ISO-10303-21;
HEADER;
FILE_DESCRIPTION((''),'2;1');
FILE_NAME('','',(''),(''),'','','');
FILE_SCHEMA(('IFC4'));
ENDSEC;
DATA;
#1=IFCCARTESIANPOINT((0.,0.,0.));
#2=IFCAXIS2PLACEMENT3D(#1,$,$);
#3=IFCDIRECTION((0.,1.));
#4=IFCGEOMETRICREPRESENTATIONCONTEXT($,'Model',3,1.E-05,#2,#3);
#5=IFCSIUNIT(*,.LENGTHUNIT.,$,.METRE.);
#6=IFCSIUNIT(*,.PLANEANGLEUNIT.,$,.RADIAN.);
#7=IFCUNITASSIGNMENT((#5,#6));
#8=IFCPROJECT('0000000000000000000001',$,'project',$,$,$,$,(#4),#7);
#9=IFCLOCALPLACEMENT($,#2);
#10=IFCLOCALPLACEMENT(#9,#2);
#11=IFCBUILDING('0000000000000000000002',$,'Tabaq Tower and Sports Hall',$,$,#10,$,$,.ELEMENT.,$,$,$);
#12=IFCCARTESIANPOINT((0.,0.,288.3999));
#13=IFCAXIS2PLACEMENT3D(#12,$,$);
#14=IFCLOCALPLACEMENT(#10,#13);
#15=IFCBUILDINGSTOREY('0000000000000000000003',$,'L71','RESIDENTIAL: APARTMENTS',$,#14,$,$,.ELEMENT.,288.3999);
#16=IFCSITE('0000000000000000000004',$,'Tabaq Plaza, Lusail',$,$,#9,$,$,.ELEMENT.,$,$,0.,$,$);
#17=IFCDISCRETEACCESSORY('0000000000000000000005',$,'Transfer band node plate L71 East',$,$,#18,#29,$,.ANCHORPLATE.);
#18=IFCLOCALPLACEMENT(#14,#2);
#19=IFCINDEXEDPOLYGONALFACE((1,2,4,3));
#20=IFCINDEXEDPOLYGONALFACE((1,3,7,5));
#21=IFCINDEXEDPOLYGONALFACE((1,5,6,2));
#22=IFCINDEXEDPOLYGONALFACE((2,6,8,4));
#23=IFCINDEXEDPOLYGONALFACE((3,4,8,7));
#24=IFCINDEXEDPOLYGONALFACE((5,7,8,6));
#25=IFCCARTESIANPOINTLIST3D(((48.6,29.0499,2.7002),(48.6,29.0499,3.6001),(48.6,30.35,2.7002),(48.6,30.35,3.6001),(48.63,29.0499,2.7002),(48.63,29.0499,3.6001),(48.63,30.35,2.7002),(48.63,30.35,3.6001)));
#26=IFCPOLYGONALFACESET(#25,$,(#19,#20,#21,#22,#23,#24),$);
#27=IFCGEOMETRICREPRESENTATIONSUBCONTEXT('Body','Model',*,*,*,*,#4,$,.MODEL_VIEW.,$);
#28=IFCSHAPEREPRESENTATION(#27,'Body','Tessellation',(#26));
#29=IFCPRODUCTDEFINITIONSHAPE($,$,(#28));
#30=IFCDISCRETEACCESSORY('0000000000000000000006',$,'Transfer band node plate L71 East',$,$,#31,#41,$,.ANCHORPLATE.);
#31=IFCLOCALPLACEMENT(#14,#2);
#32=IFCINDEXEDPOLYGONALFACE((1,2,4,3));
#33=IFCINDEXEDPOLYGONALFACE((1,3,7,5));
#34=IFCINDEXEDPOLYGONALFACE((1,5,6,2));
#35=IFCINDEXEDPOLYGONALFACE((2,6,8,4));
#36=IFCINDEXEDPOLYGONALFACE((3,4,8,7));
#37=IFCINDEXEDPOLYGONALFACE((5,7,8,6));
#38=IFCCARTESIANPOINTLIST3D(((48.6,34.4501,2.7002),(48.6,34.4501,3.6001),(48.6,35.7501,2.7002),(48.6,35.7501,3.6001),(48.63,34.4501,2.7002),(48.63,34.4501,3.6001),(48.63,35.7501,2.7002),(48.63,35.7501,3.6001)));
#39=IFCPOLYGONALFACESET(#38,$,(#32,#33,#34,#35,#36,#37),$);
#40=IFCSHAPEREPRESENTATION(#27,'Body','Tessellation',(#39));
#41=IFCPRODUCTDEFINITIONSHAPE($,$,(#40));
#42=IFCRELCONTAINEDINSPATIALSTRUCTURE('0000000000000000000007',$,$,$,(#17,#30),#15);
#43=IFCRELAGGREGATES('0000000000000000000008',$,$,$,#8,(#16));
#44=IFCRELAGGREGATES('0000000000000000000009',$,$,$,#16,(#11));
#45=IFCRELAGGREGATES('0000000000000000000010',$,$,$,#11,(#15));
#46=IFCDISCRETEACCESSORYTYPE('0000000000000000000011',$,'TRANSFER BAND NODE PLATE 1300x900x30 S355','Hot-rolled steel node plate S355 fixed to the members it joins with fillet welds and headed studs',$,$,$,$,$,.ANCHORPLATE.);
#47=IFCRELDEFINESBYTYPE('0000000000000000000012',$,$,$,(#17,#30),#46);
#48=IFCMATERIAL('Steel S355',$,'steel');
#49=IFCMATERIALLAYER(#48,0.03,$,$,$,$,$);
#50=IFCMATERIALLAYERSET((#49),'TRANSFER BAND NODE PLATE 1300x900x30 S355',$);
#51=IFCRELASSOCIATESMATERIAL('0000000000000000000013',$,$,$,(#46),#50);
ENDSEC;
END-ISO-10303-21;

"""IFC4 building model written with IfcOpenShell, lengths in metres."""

from ifc_helpers import new_model, si_unit, direction, frame, origin, origin_2d, place, context, subcontext, project, spatial, rectangle, extrude, material, layer, layer_set, type_object, element, save


model = new_model("IFC4")

# Units and contexts
model_context = context("Model", 3, precision=1e-05, world=origin(), true_north=direction((0.0, 1.0)))
body_context = subcontext(model_context, "Body", "Model", "MODEL_VIEW")
ifc_project = project(units=[si_unit("LENGTHUNIT", "METRE"), si_unit("PLANEANGLEUNIT", "RADIAN")], contexts=[model_context])

# Site, building, storey
site_placement = place(None, origin())
site = spatial("IfcSite", under=ifc_project, at=site_placement, Name="Tabaq Plaza, Lusail", CompositionType="ELEMENT", RefElevation=0.0)
building_placement = place(site_placement, origin())
building = spatial("IfcBuilding", under=site, at=building_placement, Name="Tabaq Tower and Sports Hall", CompositionType="ELEMENT")
storey_placement = place(building_placement, frame((0.0, 0.0, 288.3999)))
storey = spatial("IfcBuildingStorey", under=building, at=storey_placement, Name="L71", Description="RESIDENTIAL: APARTMENTS", CompositionType="ELEMENT", Elevation=288.3999)

# Discrete accessories
ifc_material_1 = material(Name="Steel S355", Category="steel")
ifc_layer_1 = layer(ifc_material_1, 0.03)
ifc_layer_set_1 = layer_set([ifc_layer_1], Name="TRANSFER BAND NODE PLATE 1300x900x30 S355")
discrete_accessory_type_1 = type_object("IfcDiscreteAccessoryType", Name="TRANSFER BAND NODE PLATE 1300x900x30 S355", Description="Hot-rolled steel node plate S355 fixed to the members it joins with fillet welds and headed studs", PredefinedType="ANCHORPLATE", material=ifc_layer_set_1)
for number, where, z_axis, x_axis, name in (
    (1, (48.615, 29.7, 2.7002), (0.0, 0.0, 1.0), (0.0, 1.0, 0.0), "Transfer band node plate L71 East"),
    (2, (48.615, 35.1001, 2.7002), (0.0, 0.0, 1.0), (0.0, 1.0, 0.0), "Transfer band node plate L71 East"),
):
    element("IfcDiscreteAccessory", number, at=place(storey_placement, frame(where, z_axis=z_axis, x_axis=x_axis)), inside=storey, type_object=discrete_accessory_type_1, Name=name, PredefinedType="ANCHORPLATE", context=body_context, shape_type="SweptSolid", body=[
        extrude(rectangle(XDim=1.3, YDim=0.03, at=origin_2d()), origin(), (0.0, 0.0, 1.0), 0.8999),
    ])

save(model, "model.ifc")
